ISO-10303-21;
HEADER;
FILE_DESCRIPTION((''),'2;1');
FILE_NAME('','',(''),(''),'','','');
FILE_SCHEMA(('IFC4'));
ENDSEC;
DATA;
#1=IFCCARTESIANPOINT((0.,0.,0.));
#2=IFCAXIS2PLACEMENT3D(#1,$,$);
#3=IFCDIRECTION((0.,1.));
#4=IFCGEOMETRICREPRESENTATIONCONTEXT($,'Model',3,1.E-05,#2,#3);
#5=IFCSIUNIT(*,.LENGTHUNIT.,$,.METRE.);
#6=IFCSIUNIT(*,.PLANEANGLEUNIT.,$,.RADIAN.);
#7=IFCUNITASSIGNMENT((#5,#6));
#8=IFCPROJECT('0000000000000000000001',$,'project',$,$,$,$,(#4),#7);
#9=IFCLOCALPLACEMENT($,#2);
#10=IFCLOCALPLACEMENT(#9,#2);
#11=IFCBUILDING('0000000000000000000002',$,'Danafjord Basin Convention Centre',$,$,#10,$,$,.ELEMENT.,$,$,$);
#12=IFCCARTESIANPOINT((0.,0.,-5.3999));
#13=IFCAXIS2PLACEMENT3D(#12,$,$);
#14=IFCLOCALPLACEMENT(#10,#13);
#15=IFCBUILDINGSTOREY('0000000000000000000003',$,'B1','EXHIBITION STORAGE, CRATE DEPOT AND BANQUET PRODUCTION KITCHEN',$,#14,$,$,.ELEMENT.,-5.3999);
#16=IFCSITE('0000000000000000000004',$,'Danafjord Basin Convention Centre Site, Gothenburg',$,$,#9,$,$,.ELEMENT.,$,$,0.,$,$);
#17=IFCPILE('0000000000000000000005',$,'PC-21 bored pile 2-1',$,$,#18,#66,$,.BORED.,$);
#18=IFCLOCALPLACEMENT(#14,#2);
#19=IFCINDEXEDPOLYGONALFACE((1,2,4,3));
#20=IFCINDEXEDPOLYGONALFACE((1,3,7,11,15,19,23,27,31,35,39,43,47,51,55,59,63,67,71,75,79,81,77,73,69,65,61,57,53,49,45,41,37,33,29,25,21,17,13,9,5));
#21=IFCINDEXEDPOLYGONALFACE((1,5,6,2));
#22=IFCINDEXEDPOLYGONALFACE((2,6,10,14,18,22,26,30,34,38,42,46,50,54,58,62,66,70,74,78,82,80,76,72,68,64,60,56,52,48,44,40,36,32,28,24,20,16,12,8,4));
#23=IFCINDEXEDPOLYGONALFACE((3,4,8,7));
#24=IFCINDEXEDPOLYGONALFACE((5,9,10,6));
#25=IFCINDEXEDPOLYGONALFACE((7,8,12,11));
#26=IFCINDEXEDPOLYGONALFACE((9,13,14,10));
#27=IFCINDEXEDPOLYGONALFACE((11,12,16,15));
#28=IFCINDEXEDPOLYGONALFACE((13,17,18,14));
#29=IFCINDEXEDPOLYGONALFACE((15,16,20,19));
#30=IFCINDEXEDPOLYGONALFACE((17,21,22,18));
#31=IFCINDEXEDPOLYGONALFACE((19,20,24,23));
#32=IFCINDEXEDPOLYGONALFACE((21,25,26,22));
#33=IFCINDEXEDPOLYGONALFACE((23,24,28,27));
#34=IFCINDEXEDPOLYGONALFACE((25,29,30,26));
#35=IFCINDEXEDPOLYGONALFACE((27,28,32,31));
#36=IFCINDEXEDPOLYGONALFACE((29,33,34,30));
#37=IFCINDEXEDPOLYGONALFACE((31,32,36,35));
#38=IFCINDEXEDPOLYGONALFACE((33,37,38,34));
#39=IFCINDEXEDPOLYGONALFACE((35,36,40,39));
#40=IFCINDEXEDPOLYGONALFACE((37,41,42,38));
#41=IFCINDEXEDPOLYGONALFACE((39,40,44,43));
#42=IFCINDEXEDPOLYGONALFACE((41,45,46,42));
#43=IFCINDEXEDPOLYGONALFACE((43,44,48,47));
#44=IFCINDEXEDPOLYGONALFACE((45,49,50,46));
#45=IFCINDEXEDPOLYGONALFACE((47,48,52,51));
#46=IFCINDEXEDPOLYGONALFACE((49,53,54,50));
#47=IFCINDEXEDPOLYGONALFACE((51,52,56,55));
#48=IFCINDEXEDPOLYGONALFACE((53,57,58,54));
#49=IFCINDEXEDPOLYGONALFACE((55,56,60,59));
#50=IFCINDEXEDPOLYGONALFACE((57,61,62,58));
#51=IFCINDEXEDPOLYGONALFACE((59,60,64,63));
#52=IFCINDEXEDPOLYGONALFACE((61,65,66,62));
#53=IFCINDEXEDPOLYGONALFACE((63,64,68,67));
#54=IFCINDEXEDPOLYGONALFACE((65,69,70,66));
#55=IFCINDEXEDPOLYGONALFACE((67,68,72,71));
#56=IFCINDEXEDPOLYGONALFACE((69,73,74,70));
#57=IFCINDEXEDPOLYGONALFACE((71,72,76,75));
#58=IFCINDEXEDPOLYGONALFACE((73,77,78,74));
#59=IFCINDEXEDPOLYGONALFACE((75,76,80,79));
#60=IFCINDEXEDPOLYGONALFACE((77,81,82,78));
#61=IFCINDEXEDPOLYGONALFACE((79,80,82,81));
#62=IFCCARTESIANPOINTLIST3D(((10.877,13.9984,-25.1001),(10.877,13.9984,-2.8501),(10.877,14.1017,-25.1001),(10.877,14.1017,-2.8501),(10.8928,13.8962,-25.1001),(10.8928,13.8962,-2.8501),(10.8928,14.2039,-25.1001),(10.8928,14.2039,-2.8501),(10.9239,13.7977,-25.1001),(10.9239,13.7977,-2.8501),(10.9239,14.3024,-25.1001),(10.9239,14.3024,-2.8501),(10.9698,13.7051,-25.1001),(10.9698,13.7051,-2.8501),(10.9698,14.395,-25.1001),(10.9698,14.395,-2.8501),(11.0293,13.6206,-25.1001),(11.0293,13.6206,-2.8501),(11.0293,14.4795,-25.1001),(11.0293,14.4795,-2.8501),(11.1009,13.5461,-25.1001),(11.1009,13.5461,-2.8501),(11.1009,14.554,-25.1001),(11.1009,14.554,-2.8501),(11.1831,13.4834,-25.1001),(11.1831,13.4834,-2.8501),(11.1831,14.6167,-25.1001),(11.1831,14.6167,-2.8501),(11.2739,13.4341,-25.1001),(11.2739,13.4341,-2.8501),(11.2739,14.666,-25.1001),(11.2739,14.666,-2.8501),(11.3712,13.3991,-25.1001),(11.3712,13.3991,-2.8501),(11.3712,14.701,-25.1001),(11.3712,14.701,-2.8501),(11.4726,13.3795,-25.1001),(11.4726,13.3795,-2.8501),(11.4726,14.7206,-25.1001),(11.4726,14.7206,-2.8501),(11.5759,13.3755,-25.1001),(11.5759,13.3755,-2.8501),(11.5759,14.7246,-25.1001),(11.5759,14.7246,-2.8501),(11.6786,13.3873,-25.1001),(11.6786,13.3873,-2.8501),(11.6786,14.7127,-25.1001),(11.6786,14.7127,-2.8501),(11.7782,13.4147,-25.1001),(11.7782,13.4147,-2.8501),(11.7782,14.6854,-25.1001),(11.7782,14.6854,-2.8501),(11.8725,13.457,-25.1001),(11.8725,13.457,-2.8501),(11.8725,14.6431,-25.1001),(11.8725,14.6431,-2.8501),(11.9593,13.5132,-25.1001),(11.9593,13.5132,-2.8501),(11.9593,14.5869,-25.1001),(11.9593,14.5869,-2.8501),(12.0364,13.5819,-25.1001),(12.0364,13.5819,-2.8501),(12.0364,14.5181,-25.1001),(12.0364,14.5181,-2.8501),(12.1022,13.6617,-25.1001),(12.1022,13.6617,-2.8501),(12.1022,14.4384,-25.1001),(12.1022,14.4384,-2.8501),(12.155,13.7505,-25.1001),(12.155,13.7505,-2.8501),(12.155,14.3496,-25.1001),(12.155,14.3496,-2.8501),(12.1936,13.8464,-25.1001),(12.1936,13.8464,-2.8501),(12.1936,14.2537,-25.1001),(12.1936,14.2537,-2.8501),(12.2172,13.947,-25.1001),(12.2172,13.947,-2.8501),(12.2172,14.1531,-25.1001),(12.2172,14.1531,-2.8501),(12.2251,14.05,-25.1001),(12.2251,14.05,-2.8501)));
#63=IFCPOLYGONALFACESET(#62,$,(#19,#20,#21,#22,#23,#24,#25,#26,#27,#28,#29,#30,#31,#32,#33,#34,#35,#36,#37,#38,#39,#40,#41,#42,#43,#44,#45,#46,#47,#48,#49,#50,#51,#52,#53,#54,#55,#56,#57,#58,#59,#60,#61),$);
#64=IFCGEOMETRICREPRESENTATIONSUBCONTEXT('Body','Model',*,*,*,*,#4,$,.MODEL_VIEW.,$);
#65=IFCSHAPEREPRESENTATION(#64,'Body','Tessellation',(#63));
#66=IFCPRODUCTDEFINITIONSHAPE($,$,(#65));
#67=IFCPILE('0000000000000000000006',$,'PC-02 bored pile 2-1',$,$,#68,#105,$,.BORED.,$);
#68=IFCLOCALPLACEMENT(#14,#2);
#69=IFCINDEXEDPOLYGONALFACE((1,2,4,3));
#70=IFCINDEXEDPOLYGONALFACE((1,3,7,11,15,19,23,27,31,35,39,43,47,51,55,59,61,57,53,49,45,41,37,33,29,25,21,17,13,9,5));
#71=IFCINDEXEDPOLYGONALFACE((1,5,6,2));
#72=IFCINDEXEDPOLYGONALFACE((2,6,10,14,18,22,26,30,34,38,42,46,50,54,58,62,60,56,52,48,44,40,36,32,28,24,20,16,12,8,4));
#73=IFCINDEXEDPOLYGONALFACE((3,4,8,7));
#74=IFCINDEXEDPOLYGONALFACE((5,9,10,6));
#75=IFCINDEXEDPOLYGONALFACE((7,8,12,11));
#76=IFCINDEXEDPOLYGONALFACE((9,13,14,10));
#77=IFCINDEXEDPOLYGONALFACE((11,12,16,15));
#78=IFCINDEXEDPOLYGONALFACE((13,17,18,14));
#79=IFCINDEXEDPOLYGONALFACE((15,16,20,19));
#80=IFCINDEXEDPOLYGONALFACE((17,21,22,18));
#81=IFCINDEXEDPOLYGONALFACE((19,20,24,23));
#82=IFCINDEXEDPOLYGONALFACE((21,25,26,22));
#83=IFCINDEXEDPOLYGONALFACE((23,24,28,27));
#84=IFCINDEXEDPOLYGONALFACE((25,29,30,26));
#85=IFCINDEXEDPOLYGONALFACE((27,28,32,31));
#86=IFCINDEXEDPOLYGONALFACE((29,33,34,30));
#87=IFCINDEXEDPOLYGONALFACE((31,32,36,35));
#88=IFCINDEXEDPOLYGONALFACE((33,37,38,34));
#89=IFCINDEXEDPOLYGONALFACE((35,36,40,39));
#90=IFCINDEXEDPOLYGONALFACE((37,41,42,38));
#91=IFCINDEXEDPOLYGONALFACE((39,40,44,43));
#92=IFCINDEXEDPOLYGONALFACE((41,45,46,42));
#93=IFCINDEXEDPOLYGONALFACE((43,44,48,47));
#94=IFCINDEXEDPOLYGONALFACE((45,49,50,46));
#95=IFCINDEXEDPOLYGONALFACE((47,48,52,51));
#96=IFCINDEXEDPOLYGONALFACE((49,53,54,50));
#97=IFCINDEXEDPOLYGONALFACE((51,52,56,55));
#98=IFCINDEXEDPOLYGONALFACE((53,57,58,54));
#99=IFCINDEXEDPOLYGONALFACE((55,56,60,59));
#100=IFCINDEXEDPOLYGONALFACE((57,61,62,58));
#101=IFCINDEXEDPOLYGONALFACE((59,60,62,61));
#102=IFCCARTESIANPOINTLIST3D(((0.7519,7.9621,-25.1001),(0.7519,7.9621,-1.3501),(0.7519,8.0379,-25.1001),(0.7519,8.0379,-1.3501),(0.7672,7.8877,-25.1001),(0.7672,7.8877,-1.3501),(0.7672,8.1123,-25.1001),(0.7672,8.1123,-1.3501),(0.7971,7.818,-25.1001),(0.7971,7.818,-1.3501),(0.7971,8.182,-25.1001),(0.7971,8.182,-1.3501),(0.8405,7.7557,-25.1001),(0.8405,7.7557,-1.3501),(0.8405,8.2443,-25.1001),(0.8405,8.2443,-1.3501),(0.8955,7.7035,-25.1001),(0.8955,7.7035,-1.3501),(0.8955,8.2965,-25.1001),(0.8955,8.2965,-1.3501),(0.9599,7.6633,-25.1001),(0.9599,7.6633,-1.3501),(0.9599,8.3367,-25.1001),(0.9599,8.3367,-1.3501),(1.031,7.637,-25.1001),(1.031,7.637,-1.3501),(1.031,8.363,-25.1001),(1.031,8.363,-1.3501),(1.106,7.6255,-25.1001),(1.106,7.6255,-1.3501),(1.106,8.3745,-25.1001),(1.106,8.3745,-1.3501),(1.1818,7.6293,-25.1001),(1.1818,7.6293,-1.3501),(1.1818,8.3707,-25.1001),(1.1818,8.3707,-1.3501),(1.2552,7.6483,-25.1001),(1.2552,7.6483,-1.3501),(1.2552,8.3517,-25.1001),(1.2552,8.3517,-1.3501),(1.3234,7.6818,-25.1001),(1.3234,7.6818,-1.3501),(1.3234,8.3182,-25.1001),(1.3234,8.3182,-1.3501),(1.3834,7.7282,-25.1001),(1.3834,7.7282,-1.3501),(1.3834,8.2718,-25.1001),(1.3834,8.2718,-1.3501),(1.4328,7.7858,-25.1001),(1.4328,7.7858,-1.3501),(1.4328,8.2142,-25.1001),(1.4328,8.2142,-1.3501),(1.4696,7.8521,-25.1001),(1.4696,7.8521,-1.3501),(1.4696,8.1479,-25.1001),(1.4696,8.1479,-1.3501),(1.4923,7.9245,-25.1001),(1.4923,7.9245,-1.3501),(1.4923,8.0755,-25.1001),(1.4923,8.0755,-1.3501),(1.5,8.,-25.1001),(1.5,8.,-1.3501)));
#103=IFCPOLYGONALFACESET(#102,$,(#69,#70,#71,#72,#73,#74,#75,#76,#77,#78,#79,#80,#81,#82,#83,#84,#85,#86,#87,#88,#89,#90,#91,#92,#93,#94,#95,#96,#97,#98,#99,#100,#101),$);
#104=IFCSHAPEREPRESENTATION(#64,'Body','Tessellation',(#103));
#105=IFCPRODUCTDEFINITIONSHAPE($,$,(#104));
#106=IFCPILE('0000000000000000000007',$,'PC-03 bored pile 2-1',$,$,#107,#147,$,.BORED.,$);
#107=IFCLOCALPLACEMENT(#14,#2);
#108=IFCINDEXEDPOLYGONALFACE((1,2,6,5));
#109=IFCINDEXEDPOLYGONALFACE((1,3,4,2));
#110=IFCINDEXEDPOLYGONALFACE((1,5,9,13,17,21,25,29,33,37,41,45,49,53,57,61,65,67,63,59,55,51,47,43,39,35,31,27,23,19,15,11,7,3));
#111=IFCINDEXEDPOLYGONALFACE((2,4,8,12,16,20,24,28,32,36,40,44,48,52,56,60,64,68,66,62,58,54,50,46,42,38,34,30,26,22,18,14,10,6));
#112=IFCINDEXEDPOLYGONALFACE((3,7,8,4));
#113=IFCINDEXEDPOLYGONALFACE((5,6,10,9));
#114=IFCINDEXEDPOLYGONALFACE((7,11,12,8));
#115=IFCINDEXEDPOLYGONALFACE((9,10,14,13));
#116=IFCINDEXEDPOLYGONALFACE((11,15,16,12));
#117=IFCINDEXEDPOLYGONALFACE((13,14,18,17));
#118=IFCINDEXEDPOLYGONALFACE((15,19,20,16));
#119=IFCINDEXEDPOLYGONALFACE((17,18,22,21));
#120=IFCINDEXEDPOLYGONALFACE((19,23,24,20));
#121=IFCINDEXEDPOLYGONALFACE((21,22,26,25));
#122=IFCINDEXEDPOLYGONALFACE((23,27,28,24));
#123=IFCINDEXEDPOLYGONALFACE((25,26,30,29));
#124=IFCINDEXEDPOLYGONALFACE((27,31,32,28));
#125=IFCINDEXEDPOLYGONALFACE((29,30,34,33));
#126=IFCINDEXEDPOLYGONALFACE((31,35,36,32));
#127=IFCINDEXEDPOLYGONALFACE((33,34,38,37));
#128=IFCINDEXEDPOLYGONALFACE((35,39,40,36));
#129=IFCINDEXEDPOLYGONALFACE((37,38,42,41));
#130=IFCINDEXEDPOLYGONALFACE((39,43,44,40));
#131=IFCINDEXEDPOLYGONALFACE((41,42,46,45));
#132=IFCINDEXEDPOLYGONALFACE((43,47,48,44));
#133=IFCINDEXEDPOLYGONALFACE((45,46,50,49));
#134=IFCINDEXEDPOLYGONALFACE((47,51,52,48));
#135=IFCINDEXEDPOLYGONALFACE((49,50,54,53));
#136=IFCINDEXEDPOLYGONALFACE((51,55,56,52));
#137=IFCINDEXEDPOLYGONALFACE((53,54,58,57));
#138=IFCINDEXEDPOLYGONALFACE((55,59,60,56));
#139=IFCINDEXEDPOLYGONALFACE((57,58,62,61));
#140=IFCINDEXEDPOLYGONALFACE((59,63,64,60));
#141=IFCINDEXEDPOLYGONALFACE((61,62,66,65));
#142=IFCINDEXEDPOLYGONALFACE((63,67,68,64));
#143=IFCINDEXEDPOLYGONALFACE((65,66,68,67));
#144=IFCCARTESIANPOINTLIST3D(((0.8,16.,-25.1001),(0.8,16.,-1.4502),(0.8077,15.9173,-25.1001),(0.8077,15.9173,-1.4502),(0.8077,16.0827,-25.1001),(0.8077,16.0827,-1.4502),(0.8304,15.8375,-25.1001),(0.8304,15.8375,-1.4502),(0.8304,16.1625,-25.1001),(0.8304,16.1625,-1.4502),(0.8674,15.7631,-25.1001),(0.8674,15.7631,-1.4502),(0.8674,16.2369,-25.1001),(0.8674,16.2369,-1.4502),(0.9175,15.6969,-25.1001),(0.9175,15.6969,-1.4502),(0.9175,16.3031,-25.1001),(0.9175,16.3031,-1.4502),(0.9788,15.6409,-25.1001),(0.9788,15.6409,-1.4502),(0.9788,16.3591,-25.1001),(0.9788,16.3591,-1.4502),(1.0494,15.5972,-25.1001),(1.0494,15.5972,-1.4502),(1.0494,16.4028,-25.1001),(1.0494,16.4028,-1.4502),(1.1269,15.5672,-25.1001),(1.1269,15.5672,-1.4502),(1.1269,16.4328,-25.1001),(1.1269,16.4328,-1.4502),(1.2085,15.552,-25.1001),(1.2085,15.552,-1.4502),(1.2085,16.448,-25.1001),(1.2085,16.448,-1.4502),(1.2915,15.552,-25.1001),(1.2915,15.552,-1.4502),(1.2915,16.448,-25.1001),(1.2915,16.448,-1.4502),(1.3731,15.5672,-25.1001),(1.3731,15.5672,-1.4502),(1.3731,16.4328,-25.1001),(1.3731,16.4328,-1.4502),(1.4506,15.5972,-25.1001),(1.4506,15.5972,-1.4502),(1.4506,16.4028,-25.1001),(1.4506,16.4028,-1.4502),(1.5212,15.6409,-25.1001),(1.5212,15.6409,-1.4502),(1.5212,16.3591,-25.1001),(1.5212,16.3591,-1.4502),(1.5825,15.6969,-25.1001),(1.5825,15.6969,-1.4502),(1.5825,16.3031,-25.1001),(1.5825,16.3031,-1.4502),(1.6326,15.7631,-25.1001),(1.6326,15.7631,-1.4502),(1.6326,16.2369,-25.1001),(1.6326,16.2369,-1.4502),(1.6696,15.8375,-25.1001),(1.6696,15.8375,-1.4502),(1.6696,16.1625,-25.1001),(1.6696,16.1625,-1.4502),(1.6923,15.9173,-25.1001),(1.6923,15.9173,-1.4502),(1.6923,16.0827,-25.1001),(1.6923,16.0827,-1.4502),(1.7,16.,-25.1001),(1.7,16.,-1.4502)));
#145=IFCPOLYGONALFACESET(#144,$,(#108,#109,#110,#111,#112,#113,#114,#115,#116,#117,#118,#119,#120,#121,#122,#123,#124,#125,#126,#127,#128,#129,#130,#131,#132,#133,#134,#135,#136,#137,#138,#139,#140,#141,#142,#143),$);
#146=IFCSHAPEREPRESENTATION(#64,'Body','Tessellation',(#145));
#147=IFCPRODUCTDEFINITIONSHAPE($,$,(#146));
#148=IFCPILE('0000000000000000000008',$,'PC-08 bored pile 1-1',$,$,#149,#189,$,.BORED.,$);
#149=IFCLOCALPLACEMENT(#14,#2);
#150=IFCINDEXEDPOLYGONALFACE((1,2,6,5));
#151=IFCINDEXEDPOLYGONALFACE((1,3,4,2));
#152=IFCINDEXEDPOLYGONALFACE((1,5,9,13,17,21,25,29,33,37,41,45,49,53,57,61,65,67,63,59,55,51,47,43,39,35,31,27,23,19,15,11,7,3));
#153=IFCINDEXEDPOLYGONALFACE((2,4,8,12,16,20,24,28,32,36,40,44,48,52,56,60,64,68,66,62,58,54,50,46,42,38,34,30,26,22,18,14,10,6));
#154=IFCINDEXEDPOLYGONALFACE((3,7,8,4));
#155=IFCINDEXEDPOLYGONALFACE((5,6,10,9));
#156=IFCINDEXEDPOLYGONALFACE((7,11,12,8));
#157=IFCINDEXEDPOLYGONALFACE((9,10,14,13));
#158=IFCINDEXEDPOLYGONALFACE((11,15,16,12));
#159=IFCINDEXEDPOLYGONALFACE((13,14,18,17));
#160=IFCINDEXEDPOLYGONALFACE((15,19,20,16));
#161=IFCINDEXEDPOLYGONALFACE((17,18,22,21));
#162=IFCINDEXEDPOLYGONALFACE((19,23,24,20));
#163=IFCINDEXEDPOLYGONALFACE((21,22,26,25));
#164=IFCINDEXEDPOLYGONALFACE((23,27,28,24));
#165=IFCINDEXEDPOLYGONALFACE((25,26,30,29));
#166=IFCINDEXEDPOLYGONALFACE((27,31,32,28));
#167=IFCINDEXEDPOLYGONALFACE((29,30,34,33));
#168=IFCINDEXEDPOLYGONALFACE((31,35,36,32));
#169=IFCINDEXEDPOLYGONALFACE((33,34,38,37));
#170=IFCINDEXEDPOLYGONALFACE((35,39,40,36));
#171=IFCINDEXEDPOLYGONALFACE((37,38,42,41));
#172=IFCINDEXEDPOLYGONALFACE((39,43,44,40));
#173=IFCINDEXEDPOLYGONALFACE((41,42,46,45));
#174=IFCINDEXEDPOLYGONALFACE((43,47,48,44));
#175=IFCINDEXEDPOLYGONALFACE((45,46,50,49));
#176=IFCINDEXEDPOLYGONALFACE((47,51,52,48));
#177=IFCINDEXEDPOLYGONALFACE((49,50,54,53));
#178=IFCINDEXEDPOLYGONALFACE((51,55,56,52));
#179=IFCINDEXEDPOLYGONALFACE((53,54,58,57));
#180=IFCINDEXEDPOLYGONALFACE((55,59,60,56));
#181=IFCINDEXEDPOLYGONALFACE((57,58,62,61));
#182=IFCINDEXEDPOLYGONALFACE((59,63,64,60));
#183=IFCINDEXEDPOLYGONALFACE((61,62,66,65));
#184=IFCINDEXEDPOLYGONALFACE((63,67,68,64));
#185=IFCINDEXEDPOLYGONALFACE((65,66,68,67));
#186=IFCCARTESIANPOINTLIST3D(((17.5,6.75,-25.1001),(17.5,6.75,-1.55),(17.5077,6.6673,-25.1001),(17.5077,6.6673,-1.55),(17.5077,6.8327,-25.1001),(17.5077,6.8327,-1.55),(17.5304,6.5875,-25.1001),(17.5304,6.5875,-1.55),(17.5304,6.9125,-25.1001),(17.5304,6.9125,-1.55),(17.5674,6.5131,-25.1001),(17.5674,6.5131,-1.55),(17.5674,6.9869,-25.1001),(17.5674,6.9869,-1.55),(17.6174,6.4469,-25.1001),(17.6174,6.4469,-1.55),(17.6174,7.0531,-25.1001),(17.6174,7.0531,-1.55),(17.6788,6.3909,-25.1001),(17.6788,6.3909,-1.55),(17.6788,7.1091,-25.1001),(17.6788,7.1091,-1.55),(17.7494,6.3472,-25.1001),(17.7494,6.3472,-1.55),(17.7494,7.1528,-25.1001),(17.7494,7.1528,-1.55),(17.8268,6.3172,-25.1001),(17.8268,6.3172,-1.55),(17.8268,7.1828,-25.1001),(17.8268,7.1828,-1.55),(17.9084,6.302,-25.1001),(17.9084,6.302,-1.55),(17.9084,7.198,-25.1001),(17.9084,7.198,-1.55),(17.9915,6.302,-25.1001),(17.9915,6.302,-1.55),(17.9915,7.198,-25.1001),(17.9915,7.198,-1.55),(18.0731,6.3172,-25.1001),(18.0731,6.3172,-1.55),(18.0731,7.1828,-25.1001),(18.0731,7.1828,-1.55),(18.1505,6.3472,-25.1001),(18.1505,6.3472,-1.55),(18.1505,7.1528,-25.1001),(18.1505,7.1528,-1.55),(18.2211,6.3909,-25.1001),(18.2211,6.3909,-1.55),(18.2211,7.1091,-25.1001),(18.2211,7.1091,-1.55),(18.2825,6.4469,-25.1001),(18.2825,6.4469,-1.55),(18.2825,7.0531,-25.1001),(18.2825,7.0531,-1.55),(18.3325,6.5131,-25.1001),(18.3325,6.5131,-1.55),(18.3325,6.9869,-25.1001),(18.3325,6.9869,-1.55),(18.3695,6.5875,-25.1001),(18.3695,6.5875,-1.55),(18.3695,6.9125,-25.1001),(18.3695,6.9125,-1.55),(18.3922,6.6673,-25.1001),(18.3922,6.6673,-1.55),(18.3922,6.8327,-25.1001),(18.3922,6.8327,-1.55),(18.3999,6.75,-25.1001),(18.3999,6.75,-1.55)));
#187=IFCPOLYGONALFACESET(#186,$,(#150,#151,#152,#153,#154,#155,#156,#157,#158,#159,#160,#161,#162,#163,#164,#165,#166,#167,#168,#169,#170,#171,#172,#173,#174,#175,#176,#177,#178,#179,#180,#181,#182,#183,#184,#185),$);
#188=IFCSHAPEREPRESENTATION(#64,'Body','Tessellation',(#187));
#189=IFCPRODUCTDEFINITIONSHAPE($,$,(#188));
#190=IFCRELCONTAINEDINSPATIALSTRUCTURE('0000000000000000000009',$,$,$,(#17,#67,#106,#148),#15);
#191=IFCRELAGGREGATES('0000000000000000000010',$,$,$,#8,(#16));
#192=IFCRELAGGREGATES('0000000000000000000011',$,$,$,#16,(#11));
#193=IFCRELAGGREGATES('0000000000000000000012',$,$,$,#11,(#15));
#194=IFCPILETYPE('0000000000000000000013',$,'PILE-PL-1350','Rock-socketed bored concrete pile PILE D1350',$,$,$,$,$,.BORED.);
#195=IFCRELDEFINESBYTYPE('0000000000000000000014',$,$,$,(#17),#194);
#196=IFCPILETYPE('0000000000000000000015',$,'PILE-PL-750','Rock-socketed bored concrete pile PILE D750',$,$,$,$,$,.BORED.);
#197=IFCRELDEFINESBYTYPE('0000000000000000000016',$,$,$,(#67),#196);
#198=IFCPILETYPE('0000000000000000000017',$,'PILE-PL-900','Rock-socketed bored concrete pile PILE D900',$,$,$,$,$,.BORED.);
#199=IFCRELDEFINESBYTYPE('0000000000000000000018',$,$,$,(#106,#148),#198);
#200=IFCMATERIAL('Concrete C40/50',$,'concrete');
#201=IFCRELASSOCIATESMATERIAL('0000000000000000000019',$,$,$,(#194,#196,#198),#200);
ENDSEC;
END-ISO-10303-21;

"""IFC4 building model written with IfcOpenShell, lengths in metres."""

from ifc_helpers import new_model, si_unit, direction, frame, origin, origin_2d, place, context, subcontext, project, spatial, circle, extrude, material, material_profile, profile_set, type_object, element, save


model = new_model("IFC4")

# Units and contexts
model_context = context("Model", 3, precision=1e-05, world=origin(), true_north=direction((0.0, 1.0)))
body_context = subcontext(model_context, "Body", "Model", "MODEL_VIEW")
ifc_project = project(units=[si_unit("LENGTHUNIT", "METRE"), si_unit("PLANEANGLEUNIT", "RADIAN")], contexts=[model_context])

# Site, building, storey
site_placement = place(None, origin())
site = spatial("IfcSite", under=ifc_project, at=site_placement, Name="Danafjord Basin Convention Centre Site, Gothenburg", CompositionType="ELEMENT", RefElevation=0.0)
building_placement = place(site_placement, origin())
building = spatial("IfcBuilding", under=site, at=building_placement, Name="Danafjord Basin Convention Centre", CompositionType="ELEMENT")
storey_placement = place(building_placement, frame((0.0, 0.0, -5.3999)))
storey = spatial("IfcBuildingStorey", under=building, at=storey_placement, Name="B1", Description="EXHIBITION STORAGE, CRATE DEPOT AND BANQUET PRODUCTION KITCHEN", CompositionType="ELEMENT", Elevation=-5.3999)

# Shared definitions
ifc_material_1 = material(Name="Concrete C40/50", Category="concrete")

# Piles
ifc_material_profile_1 = material_profile(ifc_material_1, circle(Radius=0.675, at=origin_2d()), Name="PILE D1350")
ifc_profile_set_1 = profile_set([ifc_material_profile_1], Name="Concrete C40/50")
pile_type_1 = type_object("IfcPileType", Name="PILE-PL-1350", Description="Rock-socketed bored concrete pile PILE D1350", PredefinedType="BORED", material=ifc_profile_set_1)
for number, where, z_axis, x_axis, name in (
    (1, (11.55, 14.05, -2.8501), (0.0, 0.0, -1.0), (1.0, 0.0, 0.0), "PC-21 bored pile 2-1"),
):
    element("IfcPile", number, at=place(storey_placement, frame(where, z_axis=z_axis, x_axis=x_axis)), inside=storey, type_object=pile_type_1, Name=name, PredefinedType="BORED", context=body_context, shape_type="SweptSolid", body=[
        extrude(circle(Radius=0.675, at=origin_2d()), origin(), (0.0, 0.0, 1.0), 22.25),
    ])
ifc_material_profile_2 = material_profile(ifc_material_1, circle(Radius=0.375, at=origin_2d()), Name="PILE D750")
ifc_profile_set_2 = profile_set([ifc_material_profile_2], Name="Concrete C40/50")
pile_type_2 = type_object("IfcPileType", Name="PILE-PL-750", Description="Rock-socketed bored concrete pile PILE D750", PredefinedType="BORED", material=ifc_profile_set_2)
pile_1_placement = place(storey_placement, frame((1.125, 8.0, -1.3501), z_axis=(0.0, 0.0, -1.0), x_axis=(1.0, 0.0, 0.0)))
element("IfcPile", 2, at=pile_1_placement, inside=storey, type_object=pile_type_2, Name="PC-02 bored pile 2-1", PredefinedType="BORED", context=body_context, shape_type="SweptSolid", body=[
    extrude(circle(Radius=0.375, at=origin_2d()), origin(), (0.0, 0.0, 1.0), 23.75),
])
ifc_material_profile_3 = material_profile(ifc_material_1, circle(Radius=0.45, at=origin_2d()), Name="PILE D900")
ifc_profile_set_3 = profile_set([ifc_material_profile_3], Name="Concrete C40/50")
pile_type_3 = type_object("IfcPileType", Name="PILE-PL-900", Description="Rock-socketed bored concrete pile PILE D900", PredefinedType="BORED", material=ifc_profile_set_3)
pile_2_placement = place(storey_placement, frame((1.25, 16.0, -1.4502), z_axis=(0.0, 0.0, -1.0), x_axis=(1.0, 0.0, 0.0)))
element("IfcPile", 3, at=pile_2_placement, inside=storey, type_object=pile_type_3, Name="PC-03 bored pile 2-1", PredefinedType="BORED", context=body_context, shape_type="SweptSolid", body=[
    extrude(circle(Radius=0.45, at=origin_2d()), origin(), (0.0, 0.0, 1.0), 23.6499),
])
for number, where, z_axis, x_axis, name in (
    (4, (17.95, 6.75, -1.55), (0.0, 0.0, -1.0), (1.0, 0.0, 0.0), "PC-08 bored pile 1-1"),
):
    element("IfcPile", number, at=place(storey_placement, frame(where, z_axis=z_axis, x_axis=x_axis)), inside=storey, type_object=pile_type_3, Name=name, PredefinedType="BORED", context=body_context, shape_type="SweptSolid", body=[
        extrude(circle(Radius=0.45, at=origin_2d()), origin(), (0.0, 0.0, 1.0), 23.55),
    ])

save(model, "model.ifc")
